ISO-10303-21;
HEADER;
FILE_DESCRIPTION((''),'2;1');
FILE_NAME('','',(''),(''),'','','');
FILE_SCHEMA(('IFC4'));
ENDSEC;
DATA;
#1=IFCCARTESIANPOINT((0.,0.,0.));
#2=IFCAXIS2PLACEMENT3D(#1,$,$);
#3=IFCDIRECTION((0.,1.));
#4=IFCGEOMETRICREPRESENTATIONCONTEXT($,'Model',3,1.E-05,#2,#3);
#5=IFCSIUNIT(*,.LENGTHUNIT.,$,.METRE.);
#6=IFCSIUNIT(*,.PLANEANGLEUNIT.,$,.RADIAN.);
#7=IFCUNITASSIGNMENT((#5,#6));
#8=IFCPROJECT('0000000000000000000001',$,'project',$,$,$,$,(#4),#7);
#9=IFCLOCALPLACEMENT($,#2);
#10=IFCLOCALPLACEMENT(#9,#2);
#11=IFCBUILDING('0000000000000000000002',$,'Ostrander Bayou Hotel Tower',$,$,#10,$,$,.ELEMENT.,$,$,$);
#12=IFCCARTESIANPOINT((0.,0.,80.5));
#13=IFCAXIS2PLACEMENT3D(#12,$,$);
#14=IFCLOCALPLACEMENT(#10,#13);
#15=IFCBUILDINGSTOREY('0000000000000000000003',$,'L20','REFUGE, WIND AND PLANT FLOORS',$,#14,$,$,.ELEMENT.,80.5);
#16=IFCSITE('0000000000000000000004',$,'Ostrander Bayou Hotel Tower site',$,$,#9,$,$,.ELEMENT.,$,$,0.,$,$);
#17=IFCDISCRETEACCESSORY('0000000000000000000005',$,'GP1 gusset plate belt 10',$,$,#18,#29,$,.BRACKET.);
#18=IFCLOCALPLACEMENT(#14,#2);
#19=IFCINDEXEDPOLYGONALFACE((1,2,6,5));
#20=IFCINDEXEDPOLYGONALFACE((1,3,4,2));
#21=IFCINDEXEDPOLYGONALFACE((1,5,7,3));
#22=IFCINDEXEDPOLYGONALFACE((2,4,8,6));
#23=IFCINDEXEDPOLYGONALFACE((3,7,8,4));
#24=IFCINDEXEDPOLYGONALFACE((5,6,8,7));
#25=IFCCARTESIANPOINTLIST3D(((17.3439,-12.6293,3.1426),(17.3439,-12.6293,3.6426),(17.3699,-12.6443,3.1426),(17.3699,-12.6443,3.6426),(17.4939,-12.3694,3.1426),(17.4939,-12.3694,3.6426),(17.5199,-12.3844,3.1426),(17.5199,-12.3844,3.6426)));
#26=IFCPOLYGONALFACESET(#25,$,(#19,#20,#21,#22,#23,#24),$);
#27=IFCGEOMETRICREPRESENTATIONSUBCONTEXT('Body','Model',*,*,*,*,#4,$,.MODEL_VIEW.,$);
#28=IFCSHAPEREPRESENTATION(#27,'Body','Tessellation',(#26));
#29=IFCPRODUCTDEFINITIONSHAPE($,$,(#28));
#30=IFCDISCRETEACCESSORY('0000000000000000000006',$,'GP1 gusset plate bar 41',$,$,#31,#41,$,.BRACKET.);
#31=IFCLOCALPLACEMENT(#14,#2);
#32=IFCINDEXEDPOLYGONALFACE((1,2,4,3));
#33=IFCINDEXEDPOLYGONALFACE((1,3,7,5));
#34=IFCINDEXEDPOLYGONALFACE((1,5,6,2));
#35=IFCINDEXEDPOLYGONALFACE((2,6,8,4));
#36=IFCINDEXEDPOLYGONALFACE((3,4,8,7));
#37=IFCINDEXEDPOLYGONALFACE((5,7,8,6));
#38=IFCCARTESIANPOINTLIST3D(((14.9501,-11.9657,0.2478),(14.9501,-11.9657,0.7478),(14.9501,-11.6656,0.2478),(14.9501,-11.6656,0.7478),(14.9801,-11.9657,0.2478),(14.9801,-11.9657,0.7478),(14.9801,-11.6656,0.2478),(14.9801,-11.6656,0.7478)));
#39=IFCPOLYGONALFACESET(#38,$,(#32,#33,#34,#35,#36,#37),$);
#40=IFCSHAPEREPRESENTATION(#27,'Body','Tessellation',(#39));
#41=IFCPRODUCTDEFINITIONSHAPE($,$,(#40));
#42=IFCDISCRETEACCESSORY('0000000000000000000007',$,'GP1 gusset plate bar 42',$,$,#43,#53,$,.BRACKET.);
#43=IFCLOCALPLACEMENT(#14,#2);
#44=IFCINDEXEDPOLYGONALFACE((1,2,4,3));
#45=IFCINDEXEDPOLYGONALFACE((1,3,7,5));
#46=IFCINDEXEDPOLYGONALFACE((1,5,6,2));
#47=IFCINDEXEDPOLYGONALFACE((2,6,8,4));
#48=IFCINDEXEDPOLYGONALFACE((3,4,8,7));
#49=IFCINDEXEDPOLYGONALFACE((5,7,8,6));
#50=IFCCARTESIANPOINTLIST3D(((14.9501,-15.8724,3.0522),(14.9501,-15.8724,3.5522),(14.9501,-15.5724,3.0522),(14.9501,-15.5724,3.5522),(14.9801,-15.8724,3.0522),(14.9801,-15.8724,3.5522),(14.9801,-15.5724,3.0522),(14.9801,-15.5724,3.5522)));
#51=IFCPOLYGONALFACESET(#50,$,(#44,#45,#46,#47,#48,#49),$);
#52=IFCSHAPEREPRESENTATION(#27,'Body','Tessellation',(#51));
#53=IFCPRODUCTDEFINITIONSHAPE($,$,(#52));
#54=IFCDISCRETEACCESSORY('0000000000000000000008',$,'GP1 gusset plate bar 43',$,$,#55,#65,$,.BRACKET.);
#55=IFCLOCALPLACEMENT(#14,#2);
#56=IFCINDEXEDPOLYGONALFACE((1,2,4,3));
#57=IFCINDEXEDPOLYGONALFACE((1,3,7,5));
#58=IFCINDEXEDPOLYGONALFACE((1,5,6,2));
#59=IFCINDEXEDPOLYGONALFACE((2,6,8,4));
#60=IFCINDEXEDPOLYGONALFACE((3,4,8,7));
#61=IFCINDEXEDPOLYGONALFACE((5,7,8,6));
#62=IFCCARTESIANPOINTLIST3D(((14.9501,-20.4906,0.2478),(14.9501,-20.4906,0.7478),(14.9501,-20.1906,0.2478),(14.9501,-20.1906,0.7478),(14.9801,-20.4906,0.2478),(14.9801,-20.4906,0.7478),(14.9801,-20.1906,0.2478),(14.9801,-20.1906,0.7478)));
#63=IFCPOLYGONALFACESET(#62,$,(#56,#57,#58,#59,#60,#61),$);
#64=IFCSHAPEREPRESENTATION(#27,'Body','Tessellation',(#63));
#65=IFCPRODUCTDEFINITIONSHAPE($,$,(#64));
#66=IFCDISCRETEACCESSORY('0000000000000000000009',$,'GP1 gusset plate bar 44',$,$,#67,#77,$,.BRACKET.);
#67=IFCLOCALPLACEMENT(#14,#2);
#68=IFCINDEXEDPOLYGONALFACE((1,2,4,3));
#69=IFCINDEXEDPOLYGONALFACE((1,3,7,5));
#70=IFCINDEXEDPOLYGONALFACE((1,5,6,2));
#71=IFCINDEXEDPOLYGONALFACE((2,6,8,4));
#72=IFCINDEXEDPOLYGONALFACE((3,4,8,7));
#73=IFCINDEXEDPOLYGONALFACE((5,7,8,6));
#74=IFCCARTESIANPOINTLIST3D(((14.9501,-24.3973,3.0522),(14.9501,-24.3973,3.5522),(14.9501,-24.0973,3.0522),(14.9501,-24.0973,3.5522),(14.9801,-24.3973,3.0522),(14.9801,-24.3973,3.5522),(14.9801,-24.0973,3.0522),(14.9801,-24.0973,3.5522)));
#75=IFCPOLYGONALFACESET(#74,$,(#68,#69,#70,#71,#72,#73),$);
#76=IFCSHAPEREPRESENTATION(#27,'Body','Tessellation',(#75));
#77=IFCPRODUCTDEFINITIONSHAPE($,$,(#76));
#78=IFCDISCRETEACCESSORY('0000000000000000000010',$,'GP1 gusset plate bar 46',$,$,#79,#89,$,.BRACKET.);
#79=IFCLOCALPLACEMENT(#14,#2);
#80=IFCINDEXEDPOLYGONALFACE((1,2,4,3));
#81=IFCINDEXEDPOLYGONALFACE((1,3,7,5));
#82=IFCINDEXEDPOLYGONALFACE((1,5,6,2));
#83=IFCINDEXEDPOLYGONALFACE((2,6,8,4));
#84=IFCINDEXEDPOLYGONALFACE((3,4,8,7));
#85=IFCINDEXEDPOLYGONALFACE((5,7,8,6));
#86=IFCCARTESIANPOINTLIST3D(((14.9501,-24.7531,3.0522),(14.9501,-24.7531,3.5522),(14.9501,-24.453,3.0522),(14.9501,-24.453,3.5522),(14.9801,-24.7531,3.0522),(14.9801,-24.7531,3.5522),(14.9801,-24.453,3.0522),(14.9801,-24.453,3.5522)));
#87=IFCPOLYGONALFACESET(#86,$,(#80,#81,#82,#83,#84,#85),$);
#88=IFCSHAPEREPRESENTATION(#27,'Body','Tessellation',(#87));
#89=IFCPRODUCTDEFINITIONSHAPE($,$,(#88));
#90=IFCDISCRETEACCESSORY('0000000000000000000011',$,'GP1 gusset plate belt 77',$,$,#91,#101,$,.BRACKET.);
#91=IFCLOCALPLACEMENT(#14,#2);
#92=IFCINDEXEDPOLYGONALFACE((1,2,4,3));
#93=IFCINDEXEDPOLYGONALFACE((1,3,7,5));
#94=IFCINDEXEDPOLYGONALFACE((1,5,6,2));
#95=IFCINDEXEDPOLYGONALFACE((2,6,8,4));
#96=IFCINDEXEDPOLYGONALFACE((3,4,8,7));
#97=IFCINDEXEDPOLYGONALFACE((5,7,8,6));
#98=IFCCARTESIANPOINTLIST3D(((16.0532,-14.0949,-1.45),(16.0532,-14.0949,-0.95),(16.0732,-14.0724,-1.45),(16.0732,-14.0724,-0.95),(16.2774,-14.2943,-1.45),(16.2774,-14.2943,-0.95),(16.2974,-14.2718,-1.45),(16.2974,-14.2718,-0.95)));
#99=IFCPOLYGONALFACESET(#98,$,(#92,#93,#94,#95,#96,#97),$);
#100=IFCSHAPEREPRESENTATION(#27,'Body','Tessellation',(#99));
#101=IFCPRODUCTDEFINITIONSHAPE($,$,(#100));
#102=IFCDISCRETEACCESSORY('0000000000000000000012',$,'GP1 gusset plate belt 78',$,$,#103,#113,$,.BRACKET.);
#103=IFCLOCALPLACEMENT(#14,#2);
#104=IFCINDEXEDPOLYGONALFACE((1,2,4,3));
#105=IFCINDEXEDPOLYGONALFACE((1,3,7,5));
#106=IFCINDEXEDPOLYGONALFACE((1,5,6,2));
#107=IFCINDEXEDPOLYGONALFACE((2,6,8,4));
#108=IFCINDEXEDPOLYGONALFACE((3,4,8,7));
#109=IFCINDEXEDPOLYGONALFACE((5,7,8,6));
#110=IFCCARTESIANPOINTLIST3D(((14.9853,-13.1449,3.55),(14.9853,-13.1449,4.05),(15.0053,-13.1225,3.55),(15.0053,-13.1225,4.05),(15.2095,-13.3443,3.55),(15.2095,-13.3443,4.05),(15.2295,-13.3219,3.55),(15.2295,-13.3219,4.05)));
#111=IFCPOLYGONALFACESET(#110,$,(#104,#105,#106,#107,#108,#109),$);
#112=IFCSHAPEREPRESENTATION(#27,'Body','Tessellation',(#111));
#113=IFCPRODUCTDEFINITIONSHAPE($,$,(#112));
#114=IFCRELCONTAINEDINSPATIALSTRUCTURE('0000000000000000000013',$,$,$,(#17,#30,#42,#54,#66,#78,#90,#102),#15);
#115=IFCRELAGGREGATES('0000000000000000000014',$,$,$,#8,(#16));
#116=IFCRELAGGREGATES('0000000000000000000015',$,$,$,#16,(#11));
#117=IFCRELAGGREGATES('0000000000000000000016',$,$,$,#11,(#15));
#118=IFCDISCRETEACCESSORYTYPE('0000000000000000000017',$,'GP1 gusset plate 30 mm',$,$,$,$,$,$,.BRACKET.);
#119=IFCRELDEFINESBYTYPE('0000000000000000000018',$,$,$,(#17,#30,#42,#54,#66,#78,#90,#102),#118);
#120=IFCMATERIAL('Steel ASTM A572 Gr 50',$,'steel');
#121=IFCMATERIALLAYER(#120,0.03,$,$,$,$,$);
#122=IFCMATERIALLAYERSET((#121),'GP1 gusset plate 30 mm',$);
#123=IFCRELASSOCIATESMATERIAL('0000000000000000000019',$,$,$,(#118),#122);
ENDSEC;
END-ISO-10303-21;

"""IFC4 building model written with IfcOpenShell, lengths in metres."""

from ifc_helpers import new_model, si_unit, direction, frame, origin, origin_2d, place, context, subcontext, project, spatial, rectangle, extrude, material, layer, layer_set, type_object, element, save


model = new_model("IFC4")

# Units and contexts
model_context = context("Model", 3, precision=1e-05, world=origin(), true_north=direction((0.0, 1.0)))
body_context = subcontext(model_context, "Body", "Model", "MODEL_VIEW")
ifc_project = project(units=[si_unit("LENGTHUNIT", "METRE"), si_unit("PLANEANGLEUNIT", "RADIAN")], contexts=[model_context])

# Site, building, storey
site_placement = place(None, origin())
site = spatial("IfcSite", under=ifc_project, at=site_placement, Name="Ostrander Bayou Hotel Tower site", CompositionType="ELEMENT", RefElevation=0.0)
building_placement = place(site_placement, origin())
building = spatial("IfcBuilding", under=site, at=building_placement, Name="Ostrander Bayou Hotel Tower", CompositionType="ELEMENT")
storey_placement = place(building_placement, frame((0.0, 0.0, 80.5)))
storey = spatial("IfcBuildingStorey", under=building, at=storey_placement, Name="L20", Description="REFUGE, WIND AND PLANT FLOORS", CompositionType="ELEMENT", Elevation=80.5)

# Discrete accessories
ifc_material_1 = material(Name="Steel ASTM A572 Gr 50", Category="steel")
ifc_layer = layer(ifc_material_1, 0.03)
ifc_layer_set = layer_set([ifc_layer], Name="GP1 gusset plate 30 mm")
discrete_accessory_type = type_object("IfcDiscreteAccessoryType", Name="GP1 gusset plate 30 mm", PredefinedType="BRACKET", material=ifc_layer_set)
for number, where, z_axis, x_axis, name in (
    (1, (17.4319, -12.5068, 3.1426), (0.0, 0.0, 1.0), (-0.5, -0.866025, 0.0), "GP1 gusset plate belt 10"),
    (2, (14.9651, -11.8157, 0.2478), (0.0, 0.0, 1.0), (0.0, -1.0, 0.0), "GP1 gusset plate bar 41"),
    (3, (14.9651, -15.7224, 3.0522), (0.0, 0.0, 1.0), (0.0, -1.0, 0.0), "GP1 gusset plate bar 42"),
    (4, (14.9651, -20.3406, 0.2478), (0.0, 0.0, 1.0), (0.0, -1.0, 0.0), "GP1 gusset plate bar 43"),
    (5, (14.9651, -24.2473, 3.0522), (0.0, 0.0, 1.0), (0.0, -1.0, 0.0), "GP1 gusset plate bar 44"),
    (6, (14.9651, -24.603, 3.0522), (0.0, 0.0, 1.0), (0.0, 1.0, 0.0), "GP1 gusset plate bar 46"),
    (7, (16.1753, -14.1833, -1.45), (0.0, 0.0, 1.0), (-0.747207, 0.664592, 0.0), "GP1 gusset plate belt 77"),
    (8, (15.1074, -13.2334, 3.55), (0.0, 0.0, 1.0), (-0.747207, 0.664592, 0.0), "GP1 gusset plate belt 78"),
):
    element("IfcDiscreteAccessory", number, at=place(storey_placement, frame(where, z_axis=z_axis, x_axis=x_axis)), inside=storey, type_object=discrete_accessory_type, Name=name, PredefinedType="BRACKET", context=body_context, shape_type="SweptSolid", body=[
        extrude(rectangle(XDim=0.3, YDim=0.03, at=origin_2d()), origin(), (0.0, 0.0, 1.0), 0.5),
    ])

save(model, "model.ifc")
